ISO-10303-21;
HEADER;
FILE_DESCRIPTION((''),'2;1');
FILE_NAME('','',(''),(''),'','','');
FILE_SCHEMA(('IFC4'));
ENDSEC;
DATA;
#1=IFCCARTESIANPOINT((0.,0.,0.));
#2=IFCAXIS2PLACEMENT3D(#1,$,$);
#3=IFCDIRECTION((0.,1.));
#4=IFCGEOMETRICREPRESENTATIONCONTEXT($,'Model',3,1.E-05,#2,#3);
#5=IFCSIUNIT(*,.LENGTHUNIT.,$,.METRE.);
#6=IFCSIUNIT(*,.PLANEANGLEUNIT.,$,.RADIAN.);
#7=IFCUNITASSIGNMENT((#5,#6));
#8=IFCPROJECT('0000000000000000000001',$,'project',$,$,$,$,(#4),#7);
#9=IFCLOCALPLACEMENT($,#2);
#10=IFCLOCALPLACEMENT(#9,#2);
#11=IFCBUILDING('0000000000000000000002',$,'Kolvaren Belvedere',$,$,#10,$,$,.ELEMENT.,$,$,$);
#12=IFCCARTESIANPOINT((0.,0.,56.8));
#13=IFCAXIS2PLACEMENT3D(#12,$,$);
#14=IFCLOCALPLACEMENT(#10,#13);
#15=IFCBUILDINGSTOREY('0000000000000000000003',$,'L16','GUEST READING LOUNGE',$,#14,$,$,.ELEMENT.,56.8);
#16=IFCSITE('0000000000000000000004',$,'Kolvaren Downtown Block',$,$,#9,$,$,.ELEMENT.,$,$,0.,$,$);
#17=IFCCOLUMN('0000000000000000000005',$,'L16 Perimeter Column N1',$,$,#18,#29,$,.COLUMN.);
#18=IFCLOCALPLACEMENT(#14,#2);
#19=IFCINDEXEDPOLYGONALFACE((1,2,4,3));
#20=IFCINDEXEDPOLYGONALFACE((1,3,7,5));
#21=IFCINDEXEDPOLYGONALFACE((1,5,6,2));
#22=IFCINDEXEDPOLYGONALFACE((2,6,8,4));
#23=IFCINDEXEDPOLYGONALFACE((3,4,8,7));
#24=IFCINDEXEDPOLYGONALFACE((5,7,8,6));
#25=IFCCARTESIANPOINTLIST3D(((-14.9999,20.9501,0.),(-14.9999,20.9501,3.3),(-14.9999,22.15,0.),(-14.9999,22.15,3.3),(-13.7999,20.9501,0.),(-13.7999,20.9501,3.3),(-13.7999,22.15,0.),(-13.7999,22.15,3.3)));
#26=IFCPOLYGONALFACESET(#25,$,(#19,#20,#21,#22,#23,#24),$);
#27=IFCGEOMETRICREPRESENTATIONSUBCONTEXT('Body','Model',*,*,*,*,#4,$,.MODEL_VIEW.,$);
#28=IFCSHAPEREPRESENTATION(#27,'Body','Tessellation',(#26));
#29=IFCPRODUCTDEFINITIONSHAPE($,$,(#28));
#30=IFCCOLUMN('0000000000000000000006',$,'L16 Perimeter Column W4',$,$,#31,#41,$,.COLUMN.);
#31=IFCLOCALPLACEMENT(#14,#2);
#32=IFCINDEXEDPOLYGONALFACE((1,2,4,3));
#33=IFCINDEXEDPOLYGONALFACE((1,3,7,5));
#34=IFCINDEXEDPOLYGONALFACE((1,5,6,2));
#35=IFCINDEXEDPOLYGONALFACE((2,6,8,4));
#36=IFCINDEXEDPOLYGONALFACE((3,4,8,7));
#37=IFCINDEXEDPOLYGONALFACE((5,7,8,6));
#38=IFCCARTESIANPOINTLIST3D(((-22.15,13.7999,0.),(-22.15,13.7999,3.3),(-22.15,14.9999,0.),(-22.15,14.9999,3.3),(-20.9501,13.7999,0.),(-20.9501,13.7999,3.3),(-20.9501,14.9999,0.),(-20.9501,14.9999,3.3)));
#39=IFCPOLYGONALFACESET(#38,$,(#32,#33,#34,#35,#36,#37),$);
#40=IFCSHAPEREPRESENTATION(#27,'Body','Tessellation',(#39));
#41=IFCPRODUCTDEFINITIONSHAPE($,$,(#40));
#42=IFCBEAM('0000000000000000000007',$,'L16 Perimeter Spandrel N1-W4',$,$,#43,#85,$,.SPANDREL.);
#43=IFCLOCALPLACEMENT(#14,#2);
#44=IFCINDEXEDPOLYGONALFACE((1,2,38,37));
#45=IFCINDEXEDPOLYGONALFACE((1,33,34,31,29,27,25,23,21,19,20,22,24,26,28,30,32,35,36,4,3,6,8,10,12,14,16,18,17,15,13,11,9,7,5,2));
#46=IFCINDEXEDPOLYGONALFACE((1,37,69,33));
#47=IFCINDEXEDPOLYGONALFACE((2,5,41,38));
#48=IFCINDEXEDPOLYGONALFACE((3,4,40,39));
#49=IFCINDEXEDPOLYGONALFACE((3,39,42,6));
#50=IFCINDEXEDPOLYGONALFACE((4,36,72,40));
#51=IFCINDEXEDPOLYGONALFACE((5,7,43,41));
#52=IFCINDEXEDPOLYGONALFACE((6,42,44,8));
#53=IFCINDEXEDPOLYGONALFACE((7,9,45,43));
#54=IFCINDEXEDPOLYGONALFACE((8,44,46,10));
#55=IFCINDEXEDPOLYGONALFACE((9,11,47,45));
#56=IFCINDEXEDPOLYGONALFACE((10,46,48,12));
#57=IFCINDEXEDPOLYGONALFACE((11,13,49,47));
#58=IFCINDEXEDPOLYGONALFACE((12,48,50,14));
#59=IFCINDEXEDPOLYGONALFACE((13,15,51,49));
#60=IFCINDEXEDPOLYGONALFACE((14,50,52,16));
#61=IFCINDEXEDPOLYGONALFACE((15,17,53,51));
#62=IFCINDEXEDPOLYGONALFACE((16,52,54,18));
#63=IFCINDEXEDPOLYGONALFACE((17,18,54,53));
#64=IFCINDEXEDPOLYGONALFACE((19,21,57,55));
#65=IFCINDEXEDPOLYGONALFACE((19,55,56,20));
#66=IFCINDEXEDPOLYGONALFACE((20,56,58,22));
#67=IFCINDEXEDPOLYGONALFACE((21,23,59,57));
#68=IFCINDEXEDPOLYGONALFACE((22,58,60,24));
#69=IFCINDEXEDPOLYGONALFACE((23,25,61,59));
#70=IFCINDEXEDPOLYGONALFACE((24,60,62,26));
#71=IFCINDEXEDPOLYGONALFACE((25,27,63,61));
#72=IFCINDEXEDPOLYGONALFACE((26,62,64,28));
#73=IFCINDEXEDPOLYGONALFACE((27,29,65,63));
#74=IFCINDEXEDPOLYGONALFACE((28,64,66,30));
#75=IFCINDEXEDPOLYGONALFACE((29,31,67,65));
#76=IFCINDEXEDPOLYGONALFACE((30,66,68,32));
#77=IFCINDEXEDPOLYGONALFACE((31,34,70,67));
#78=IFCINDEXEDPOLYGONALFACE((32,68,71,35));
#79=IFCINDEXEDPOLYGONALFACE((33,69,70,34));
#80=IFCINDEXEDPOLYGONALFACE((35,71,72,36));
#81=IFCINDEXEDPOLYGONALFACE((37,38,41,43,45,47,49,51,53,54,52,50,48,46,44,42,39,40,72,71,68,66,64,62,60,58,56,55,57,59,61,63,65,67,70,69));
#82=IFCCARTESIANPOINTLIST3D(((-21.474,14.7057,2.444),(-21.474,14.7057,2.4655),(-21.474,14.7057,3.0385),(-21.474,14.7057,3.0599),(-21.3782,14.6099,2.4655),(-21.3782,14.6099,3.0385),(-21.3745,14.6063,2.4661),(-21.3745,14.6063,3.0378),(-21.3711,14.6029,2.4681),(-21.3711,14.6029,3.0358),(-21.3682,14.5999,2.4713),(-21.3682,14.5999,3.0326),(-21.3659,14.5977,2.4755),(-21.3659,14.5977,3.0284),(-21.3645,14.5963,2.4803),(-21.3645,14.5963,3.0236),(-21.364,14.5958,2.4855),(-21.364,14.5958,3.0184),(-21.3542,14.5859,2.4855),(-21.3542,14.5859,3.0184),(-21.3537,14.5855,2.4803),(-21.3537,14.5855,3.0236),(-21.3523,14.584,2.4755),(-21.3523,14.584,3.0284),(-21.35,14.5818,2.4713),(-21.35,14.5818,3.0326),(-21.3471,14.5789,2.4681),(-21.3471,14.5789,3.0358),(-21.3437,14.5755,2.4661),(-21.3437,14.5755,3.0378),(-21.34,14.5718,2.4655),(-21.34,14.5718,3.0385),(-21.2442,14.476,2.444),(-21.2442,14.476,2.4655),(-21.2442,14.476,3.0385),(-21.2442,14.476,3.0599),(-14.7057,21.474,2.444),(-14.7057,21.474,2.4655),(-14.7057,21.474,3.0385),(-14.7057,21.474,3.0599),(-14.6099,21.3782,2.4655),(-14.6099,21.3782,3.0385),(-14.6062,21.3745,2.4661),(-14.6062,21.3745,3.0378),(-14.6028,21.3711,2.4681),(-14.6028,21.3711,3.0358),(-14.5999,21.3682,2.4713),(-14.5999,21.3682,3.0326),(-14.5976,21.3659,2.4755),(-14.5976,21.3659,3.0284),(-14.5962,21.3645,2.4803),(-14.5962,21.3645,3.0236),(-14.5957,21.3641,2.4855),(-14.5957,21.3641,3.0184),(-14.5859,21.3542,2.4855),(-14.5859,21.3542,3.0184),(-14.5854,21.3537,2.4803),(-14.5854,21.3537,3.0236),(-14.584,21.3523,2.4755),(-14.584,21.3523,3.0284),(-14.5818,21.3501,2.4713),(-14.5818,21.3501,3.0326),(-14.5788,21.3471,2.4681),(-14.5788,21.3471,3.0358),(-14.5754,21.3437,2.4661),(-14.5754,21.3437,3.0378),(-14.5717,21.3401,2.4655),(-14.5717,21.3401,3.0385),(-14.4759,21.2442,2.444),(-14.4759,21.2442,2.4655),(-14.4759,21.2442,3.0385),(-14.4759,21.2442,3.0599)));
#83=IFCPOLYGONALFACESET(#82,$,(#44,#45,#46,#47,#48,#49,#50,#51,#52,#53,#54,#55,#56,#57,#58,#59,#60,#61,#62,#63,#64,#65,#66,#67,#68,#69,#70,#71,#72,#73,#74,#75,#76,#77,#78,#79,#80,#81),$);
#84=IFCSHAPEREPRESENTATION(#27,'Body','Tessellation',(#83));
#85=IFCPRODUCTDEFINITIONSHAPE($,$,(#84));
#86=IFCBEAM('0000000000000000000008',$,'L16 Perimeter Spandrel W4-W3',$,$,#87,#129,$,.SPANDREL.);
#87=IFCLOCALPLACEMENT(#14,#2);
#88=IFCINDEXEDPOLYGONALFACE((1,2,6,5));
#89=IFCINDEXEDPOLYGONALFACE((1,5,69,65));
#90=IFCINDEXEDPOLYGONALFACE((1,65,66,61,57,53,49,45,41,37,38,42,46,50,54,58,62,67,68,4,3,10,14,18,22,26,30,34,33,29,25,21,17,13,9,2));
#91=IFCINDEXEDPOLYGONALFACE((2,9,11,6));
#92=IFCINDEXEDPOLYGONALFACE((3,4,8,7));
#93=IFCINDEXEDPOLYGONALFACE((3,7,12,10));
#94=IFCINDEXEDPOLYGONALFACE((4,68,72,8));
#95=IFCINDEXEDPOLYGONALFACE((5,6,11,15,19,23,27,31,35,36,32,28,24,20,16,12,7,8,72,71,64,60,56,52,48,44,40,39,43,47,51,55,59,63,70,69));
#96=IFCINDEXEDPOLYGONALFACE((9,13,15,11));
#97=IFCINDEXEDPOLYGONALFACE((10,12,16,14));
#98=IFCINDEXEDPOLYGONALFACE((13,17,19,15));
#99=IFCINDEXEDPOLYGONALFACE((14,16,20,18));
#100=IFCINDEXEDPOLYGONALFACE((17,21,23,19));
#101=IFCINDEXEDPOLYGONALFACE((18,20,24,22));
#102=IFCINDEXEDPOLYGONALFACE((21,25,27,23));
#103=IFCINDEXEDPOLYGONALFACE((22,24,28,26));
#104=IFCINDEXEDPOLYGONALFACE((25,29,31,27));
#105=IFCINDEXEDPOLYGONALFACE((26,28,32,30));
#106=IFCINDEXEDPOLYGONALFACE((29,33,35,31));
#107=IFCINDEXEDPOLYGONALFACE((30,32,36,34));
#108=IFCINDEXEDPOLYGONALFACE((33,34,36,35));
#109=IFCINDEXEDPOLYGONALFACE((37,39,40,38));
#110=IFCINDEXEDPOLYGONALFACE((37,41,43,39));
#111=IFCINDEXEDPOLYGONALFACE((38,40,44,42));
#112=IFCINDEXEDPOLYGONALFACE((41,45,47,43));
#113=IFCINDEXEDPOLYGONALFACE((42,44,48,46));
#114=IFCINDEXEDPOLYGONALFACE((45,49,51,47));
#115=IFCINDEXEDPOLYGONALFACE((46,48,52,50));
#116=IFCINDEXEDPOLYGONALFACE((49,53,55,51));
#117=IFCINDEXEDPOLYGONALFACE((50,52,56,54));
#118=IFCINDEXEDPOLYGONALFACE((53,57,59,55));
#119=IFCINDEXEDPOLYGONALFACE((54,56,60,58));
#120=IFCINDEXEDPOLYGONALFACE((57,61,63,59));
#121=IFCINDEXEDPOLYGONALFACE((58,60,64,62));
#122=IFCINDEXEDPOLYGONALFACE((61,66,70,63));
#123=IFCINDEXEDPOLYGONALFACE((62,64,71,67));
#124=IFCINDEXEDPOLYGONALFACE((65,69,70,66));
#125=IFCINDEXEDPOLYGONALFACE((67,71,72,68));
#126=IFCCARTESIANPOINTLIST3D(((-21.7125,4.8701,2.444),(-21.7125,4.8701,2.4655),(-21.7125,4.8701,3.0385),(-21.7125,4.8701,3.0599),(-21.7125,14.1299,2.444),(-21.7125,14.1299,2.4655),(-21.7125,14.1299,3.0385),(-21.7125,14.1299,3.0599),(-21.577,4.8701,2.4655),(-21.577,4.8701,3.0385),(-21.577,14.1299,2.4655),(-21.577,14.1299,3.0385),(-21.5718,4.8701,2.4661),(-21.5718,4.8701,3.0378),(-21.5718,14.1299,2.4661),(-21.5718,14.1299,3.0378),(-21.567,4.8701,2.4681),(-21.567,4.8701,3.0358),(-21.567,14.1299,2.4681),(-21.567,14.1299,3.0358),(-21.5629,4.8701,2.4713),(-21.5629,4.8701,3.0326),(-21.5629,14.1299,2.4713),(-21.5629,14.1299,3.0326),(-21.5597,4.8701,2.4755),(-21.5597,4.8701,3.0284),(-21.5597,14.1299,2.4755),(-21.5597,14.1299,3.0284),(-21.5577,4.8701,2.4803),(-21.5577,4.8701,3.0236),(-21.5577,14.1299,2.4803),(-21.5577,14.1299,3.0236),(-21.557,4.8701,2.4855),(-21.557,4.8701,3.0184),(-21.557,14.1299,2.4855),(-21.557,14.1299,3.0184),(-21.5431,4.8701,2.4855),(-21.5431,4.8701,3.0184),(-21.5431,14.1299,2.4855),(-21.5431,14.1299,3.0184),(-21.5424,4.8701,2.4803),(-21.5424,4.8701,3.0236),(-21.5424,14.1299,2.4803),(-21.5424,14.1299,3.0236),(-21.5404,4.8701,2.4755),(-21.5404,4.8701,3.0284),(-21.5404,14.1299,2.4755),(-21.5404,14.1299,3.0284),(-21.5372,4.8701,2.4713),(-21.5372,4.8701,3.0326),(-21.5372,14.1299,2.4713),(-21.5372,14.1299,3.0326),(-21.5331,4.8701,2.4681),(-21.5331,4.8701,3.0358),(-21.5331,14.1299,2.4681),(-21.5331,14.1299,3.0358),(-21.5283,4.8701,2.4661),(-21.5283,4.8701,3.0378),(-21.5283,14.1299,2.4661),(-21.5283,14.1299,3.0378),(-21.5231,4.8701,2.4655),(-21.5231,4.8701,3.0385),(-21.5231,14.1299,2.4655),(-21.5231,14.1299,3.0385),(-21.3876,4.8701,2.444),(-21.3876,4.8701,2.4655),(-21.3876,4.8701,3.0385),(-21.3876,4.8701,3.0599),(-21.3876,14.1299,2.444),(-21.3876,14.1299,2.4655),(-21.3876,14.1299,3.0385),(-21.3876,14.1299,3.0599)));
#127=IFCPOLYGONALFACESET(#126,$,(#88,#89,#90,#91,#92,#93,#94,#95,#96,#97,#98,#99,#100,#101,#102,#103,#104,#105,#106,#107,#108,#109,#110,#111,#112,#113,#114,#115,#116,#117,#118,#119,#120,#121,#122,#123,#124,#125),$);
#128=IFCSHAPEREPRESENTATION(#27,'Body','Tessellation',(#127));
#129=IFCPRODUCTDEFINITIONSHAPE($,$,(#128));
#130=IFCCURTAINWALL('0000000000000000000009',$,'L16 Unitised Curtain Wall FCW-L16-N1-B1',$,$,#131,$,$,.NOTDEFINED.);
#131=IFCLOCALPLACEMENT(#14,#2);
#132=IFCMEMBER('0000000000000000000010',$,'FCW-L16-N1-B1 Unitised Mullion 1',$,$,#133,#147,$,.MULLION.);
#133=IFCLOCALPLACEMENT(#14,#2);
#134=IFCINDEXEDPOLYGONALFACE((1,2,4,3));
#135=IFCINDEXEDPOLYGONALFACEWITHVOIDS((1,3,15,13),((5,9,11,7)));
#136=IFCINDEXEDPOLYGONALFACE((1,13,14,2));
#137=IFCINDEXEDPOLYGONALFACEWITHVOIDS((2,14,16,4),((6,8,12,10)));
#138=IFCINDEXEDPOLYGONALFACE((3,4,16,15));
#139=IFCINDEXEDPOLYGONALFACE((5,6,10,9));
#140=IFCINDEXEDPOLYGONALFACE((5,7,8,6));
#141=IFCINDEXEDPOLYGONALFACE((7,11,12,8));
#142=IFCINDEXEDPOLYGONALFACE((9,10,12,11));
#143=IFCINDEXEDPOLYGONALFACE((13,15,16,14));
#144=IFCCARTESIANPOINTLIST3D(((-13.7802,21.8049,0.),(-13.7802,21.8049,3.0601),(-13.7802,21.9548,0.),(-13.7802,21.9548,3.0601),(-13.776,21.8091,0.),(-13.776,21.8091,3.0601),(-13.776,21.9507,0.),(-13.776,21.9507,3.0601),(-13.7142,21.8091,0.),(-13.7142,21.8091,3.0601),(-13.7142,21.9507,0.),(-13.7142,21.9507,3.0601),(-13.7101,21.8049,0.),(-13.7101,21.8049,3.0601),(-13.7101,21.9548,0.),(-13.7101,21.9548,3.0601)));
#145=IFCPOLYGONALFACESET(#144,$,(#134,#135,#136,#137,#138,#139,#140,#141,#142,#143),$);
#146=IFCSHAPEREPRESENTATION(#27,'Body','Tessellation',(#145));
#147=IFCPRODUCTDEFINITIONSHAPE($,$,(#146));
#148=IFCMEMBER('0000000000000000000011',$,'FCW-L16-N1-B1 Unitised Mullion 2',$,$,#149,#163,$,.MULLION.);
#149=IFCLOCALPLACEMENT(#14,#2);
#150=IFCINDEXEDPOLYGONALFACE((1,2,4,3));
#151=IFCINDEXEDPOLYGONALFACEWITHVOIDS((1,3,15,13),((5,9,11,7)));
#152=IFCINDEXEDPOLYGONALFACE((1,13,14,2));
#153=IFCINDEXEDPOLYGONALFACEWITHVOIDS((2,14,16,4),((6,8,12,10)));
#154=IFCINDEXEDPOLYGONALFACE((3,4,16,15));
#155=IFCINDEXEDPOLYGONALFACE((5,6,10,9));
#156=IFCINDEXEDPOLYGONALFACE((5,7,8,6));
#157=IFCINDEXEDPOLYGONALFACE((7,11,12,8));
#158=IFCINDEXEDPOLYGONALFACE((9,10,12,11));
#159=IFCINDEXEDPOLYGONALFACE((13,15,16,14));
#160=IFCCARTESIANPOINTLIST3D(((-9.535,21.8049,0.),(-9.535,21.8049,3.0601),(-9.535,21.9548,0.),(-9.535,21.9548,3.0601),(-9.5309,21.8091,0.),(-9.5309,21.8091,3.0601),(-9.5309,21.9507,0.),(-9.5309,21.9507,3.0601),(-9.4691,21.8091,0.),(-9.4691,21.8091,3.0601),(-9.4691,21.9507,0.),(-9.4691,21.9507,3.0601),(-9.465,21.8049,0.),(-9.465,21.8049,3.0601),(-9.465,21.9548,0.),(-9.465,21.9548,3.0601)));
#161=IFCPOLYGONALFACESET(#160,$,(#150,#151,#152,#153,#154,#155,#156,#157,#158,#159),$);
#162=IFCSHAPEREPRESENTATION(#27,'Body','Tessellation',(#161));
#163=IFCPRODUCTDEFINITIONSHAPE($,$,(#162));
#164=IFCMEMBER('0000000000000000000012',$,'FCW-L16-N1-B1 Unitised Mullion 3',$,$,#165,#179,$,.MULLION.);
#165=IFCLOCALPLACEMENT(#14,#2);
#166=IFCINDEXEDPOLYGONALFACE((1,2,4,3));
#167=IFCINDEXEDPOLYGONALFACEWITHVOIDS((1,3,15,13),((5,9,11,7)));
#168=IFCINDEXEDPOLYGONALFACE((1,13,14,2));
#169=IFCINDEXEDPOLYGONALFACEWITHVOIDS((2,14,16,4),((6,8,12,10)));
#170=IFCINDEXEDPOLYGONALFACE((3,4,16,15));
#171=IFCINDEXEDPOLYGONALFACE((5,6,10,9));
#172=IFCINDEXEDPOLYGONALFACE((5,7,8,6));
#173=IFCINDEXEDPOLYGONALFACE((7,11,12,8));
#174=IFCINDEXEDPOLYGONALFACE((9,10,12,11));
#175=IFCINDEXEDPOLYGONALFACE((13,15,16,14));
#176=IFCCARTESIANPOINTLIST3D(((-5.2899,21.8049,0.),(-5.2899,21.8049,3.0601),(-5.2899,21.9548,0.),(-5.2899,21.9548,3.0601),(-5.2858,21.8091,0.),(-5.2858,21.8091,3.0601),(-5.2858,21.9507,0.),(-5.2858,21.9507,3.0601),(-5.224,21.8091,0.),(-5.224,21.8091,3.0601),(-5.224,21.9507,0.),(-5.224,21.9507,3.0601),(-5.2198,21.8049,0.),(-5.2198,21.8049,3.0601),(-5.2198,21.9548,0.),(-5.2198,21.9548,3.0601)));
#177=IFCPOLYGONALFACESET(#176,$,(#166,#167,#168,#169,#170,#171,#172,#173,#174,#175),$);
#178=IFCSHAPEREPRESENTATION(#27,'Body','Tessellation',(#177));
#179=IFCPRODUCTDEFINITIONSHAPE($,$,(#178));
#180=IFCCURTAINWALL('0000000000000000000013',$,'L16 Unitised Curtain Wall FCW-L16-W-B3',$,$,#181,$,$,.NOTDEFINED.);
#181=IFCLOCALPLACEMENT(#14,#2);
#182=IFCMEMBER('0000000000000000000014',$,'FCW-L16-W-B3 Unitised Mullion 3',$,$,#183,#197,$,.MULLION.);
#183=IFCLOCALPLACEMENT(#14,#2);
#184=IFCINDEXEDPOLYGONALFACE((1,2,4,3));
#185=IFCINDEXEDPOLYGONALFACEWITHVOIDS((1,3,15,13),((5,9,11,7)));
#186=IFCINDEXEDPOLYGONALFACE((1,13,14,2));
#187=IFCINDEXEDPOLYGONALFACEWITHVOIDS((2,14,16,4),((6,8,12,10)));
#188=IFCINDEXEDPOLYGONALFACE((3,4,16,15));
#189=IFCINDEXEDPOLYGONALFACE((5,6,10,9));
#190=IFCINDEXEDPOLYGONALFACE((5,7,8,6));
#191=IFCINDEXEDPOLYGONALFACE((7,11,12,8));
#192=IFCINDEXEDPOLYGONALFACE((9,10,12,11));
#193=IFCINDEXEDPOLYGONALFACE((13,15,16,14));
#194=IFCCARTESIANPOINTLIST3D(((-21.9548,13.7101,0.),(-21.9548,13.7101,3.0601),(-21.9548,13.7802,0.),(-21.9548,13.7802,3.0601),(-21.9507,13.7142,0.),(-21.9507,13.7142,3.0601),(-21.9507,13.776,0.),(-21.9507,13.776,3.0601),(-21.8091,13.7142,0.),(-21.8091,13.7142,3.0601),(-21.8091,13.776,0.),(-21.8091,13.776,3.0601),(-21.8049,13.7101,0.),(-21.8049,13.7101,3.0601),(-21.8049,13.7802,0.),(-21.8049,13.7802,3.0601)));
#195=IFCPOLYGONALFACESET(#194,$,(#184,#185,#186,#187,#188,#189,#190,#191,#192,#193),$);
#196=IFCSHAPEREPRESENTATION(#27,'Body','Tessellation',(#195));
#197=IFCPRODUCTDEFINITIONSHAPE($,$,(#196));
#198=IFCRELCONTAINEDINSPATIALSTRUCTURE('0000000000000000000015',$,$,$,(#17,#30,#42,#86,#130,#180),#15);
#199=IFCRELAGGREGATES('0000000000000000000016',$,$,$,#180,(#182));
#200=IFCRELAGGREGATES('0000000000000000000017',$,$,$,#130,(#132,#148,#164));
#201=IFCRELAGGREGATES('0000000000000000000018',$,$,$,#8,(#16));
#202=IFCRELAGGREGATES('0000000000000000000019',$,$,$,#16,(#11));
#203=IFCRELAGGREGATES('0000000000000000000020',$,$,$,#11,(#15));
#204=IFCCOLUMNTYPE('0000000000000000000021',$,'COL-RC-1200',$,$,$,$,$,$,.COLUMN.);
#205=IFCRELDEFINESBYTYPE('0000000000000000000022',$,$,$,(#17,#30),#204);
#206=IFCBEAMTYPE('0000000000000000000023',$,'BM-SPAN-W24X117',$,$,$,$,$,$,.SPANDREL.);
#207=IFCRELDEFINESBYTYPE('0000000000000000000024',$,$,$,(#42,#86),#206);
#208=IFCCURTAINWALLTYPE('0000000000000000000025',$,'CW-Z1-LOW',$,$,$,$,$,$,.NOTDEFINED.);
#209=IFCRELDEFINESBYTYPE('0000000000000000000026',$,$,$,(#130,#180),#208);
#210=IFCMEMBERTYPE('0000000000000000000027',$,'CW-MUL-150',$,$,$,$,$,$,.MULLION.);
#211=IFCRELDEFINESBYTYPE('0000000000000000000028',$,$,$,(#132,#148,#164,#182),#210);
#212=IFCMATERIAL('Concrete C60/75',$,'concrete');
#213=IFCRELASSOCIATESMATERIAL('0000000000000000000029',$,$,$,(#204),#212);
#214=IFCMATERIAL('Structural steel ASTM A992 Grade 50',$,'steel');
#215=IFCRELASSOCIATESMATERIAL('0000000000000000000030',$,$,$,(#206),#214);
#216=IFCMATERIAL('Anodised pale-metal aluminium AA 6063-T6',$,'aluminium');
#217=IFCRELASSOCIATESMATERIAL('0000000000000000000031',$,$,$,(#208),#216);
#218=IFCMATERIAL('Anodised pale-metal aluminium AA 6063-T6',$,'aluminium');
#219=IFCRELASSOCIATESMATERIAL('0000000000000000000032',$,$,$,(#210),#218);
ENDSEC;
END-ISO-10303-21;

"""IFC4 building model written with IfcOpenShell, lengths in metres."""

from ifc_helpers import new_model, si_unit, direction, frame, origin, origin_2d, place, context, subcontext, project, spatial, rectangle, hollow_rectangle, i_section, extrude, material, material_profile, profile_set, type_object, element, aggregate, save


model = new_model("IFC4")

# Units and contexts
model_context = context("Model", 3, precision=1e-05, world=origin(), true_north=direction((0.0, 1.0)))
body_context = subcontext(model_context, "Body", "Model", "MODEL_VIEW")
ifc_project = project(units=[si_unit("LENGTHUNIT", "METRE"), si_unit("PLANEANGLEUNIT", "RADIAN")], contexts=[model_context])

# Site, building, storey
site_placement = place(None, origin())
site = spatial("IfcSite", under=ifc_project, at=site_placement, Name="Kolvaren Downtown Block", CompositionType="ELEMENT", RefElevation=0.0)
building_placement = place(site_placement, origin())
building = spatial("IfcBuilding", under=site, at=building_placement, Name="Kolvaren Belvedere", CompositionType="ELEMENT")
storey_placement = place(building_placement, frame((0.0, 0.0, 56.8)))
storey = spatial("IfcBuildingStorey", under=building, at=storey_placement, Name="L16", Description="GUEST READING LOUNGE", CompositionType="ELEMENT", Elevation=56.8)

# Columns
ifc_material_1 = material(Name="Concrete C60/75", Category="concrete")
ifc_material_profile_1 = material_profile(ifc_material_1, rectangle(XDim=1.2, YDim=1.2, at=origin_2d()), Name="RC 1200X1200")
ifc_profile_set_1 = profile_set([ifc_material_profile_1], Name="Concrete C60/75")
column_type = type_object("IfcColumnType", Name="COL-RC-1200", PredefinedType="COLUMN", material=ifc_profile_set_1)
for number, where, z_axis, x_axis, name in (
    (1, (-14.3999, 21.55, 0.0), (0.0, 0.0, 1.0), (1.0, 0.0, 0.0), "L16 Perimeter Column N1"),
    (2, (-21.55, 14.3999, 0.0), (0.0, 0.0, 1.0), (1.0, 0.0, 0.0), "L16 Perimeter Column W4"),
):
    element("IfcColumn", number, at=place(storey_placement, frame(where, z_axis=z_axis, x_axis=x_axis)), inside=storey, type_object=column_type, Name=name, PredefinedType="COLUMN", context=body_context, shape_type="SweptSolid", body=[
        extrude(rectangle(XDim=1.2, YDim=1.2, at=origin_2d()), origin(), (0.0, 0.0, 1.0), 3.3),
    ])

# Beams
ifc_material_2 = material(Name="Structural steel ASTM A992 Grade 50", Category="steel")
ifc_material_profile_2 = material_profile(ifc_material_2, i_section(OverallWidth=0.325, OverallDepth=0.616, WebThickness=0.0139, FlangeThickness=0.0215, FilletRadius=0.02, at=origin_2d()), Name="W24X117")
ifc_profile_set_2 = profile_set([ifc_material_profile_2], Name="Structural steel ASTM A992 Grade 50")
beam_type = type_object("IfcBeamType", Name="BM-SPAN-W24X117", PredefinedType="SPANDREL", material=ifc_profile_set_2)
beam_1_placement = place(storey_placement, frame((-14.5908, 21.3591, 2.752), z_axis=(-0.707107, -0.707107, 0.0), x_axis=(0.707107, -0.707107, 0.0)))
element("IfcBeam", 3, at=beam_1_placement, inside=storey, type_object=beam_type, Name="L16 Perimeter Spandrel N1-W4", PredefinedType="SPANDREL", context=body_context, shape_type="SweptSolid", body=[
    extrude(i_section(OverallWidth=0.325, OverallDepth=0.616, WebThickness=0.0139, FlangeThickness=0.0215, FilletRadius=0.02, at=origin_2d()), origin(), (0.0, 0.0, 1.0), 9.5718),
])
beam_2_placement = place(storey_placement, frame((-21.55, 14.1299, 2.752), z_axis=(0.0, -1.0, 0.0), x_axis=(1.0, 0.0, 0.0)))
element("IfcBeam", 4, at=beam_2_placement, inside=storey, type_object=beam_type, Name="L16 Perimeter Spandrel W4-W3", PredefinedType="SPANDREL", context=body_context, shape_type="SweptSolid", body=[
    extrude(i_section(OverallWidth=0.325, OverallDepth=0.616, WebThickness=0.0139, FlangeThickness=0.0215, FilletRadius=0.02, at=origin_2d()), origin(), (0.0, 0.0, 1.0), 9.2598),
])

# Curtain wall, members
ifc_material_3 = material(Name="Anodised pale-metal aluminium AA 6063-T6", Category="aluminium")
curtain_wall_type = type_object("IfcCurtainWallType", Name="CW-Z1-LOW", PredefinedType="NOTDEFINED", material=ifc_material_3)
curtain_wall_1_placement = place(storey_placement, origin())
curtain_wall_1 = element("IfcCurtainWall", 5, at=curtain_wall_1_placement, inside=storey, type_object=curtain_wall_type, Name="L16 Unitised Curtain Wall FCW-L16-N1-B1", PredefinedType="NOTDEFINED")
ifc_material_4 = material(Name="Anodised pale-metal aluminium AA 6063-T6", Category="aluminium")
ifc_material_profile_3 = material_profile(ifc_material_4, hollow_rectangle(XDim=0.0701, YDim=0.1499, WallThickness=0.0042, at=origin_2d()), Name="ALU-MUL-150X70")
ifc_profile_set_3 = profile_set([ifc_material_profile_3], Name="Anodised pale-metal aluminium AA 6063-T6")
member_type_1 = type_object("IfcMemberType", Name="CW-MUL-150", PredefinedType="MULLION", material=ifc_profile_set_3)
member_1_placement = place(storey_placement, frame((-13.7451, 21.8799, 0.0), z_axis=(0.0, 0.0, 1.0), x_axis=(1.0, 0.0, 0.0)))
member_1 = element("IfcMember", 6, at=member_1_placement, type_object=member_type_1, Name="FCW-L16-N1-B1 Unitised Mullion 1", PredefinedType="MULLION", context=body_context, shape_type="SweptSolid", body=[
    extrude(hollow_rectangle(XDim=0.0701, YDim=0.1499, WallThickness=0.0042, at=origin_2d()), origin(), (0.0, 0.0, 1.0), 3.0601),
])
member_2_placement = place(storey_placement, frame((-9.5, 21.8799, 0.0), z_axis=(0.0, 0.0, 1.0), x_axis=(1.0, 0.0, 0.0)))
member_2 = element("IfcMember", 7, at=member_2_placement, type_object=member_type_1, Name="FCW-L16-N1-B1 Unitised Mullion 2", PredefinedType="MULLION", context=body_context, shape_type="SweptSolid", body=[
    extrude(hollow_rectangle(XDim=0.0701, YDim=0.1499, WallThickness=0.0042, at=origin_2d()), origin(), (0.0, 0.0, 1.0), 3.0601),
])
member_3_placement = place(storey_placement, frame((-5.2549, 21.8799, 0.0), z_axis=(0.0, 0.0, 1.0), x_axis=(1.0, 0.0, 0.0)))
member_3 = element("IfcMember", 8, at=member_3_placement, type_object=member_type_1, Name="FCW-L16-N1-B1 Unitised Mullion 3", PredefinedType="MULLION", context=body_context, shape_type="SweptSolid", body=[
    extrude(hollow_rectangle(XDim=0.0701, YDim=0.1499, WallThickness=0.0042, at=origin_2d()), origin(), (0.0, 0.0, 1.0), 3.0601),
])

# Curtain wall, member
curtain_wall_2_placement = place(storey_placement, origin())
curtain_wall_2 = element("IfcCurtainWall", 9, at=curtain_wall_2_placement, inside=storey, type_object=curtain_wall_type, Name="L16 Unitised Curtain Wall FCW-L16-W-B3", PredefinedType="NOTDEFINED")
member_4_placement = place(storey_placement, frame((-21.8799, 13.7451, 0.0), z_axis=(0.0, 0.0, 1.0), x_axis=(0.0, 1.0, 0.0)))
member_4 = element("IfcMember", 10, at=member_4_placement, type_object=member_type_1, Name="FCW-L16-W-B3 Unitised Mullion 3", PredefinedType="MULLION", context=body_context, shape_type="SweptSolid", body=[
    extrude(hollow_rectangle(XDim=0.0701, YDim=0.1499, WallThickness=0.0042, at=origin_2d()), origin(), (0.0, 0.0, 1.0), 3.0601),
])
aggregate(curtain_wall_2, [member_4])

aggregate(curtain_wall_1, [member_1, member_2, member_3])

save(model, "model.ifc")
